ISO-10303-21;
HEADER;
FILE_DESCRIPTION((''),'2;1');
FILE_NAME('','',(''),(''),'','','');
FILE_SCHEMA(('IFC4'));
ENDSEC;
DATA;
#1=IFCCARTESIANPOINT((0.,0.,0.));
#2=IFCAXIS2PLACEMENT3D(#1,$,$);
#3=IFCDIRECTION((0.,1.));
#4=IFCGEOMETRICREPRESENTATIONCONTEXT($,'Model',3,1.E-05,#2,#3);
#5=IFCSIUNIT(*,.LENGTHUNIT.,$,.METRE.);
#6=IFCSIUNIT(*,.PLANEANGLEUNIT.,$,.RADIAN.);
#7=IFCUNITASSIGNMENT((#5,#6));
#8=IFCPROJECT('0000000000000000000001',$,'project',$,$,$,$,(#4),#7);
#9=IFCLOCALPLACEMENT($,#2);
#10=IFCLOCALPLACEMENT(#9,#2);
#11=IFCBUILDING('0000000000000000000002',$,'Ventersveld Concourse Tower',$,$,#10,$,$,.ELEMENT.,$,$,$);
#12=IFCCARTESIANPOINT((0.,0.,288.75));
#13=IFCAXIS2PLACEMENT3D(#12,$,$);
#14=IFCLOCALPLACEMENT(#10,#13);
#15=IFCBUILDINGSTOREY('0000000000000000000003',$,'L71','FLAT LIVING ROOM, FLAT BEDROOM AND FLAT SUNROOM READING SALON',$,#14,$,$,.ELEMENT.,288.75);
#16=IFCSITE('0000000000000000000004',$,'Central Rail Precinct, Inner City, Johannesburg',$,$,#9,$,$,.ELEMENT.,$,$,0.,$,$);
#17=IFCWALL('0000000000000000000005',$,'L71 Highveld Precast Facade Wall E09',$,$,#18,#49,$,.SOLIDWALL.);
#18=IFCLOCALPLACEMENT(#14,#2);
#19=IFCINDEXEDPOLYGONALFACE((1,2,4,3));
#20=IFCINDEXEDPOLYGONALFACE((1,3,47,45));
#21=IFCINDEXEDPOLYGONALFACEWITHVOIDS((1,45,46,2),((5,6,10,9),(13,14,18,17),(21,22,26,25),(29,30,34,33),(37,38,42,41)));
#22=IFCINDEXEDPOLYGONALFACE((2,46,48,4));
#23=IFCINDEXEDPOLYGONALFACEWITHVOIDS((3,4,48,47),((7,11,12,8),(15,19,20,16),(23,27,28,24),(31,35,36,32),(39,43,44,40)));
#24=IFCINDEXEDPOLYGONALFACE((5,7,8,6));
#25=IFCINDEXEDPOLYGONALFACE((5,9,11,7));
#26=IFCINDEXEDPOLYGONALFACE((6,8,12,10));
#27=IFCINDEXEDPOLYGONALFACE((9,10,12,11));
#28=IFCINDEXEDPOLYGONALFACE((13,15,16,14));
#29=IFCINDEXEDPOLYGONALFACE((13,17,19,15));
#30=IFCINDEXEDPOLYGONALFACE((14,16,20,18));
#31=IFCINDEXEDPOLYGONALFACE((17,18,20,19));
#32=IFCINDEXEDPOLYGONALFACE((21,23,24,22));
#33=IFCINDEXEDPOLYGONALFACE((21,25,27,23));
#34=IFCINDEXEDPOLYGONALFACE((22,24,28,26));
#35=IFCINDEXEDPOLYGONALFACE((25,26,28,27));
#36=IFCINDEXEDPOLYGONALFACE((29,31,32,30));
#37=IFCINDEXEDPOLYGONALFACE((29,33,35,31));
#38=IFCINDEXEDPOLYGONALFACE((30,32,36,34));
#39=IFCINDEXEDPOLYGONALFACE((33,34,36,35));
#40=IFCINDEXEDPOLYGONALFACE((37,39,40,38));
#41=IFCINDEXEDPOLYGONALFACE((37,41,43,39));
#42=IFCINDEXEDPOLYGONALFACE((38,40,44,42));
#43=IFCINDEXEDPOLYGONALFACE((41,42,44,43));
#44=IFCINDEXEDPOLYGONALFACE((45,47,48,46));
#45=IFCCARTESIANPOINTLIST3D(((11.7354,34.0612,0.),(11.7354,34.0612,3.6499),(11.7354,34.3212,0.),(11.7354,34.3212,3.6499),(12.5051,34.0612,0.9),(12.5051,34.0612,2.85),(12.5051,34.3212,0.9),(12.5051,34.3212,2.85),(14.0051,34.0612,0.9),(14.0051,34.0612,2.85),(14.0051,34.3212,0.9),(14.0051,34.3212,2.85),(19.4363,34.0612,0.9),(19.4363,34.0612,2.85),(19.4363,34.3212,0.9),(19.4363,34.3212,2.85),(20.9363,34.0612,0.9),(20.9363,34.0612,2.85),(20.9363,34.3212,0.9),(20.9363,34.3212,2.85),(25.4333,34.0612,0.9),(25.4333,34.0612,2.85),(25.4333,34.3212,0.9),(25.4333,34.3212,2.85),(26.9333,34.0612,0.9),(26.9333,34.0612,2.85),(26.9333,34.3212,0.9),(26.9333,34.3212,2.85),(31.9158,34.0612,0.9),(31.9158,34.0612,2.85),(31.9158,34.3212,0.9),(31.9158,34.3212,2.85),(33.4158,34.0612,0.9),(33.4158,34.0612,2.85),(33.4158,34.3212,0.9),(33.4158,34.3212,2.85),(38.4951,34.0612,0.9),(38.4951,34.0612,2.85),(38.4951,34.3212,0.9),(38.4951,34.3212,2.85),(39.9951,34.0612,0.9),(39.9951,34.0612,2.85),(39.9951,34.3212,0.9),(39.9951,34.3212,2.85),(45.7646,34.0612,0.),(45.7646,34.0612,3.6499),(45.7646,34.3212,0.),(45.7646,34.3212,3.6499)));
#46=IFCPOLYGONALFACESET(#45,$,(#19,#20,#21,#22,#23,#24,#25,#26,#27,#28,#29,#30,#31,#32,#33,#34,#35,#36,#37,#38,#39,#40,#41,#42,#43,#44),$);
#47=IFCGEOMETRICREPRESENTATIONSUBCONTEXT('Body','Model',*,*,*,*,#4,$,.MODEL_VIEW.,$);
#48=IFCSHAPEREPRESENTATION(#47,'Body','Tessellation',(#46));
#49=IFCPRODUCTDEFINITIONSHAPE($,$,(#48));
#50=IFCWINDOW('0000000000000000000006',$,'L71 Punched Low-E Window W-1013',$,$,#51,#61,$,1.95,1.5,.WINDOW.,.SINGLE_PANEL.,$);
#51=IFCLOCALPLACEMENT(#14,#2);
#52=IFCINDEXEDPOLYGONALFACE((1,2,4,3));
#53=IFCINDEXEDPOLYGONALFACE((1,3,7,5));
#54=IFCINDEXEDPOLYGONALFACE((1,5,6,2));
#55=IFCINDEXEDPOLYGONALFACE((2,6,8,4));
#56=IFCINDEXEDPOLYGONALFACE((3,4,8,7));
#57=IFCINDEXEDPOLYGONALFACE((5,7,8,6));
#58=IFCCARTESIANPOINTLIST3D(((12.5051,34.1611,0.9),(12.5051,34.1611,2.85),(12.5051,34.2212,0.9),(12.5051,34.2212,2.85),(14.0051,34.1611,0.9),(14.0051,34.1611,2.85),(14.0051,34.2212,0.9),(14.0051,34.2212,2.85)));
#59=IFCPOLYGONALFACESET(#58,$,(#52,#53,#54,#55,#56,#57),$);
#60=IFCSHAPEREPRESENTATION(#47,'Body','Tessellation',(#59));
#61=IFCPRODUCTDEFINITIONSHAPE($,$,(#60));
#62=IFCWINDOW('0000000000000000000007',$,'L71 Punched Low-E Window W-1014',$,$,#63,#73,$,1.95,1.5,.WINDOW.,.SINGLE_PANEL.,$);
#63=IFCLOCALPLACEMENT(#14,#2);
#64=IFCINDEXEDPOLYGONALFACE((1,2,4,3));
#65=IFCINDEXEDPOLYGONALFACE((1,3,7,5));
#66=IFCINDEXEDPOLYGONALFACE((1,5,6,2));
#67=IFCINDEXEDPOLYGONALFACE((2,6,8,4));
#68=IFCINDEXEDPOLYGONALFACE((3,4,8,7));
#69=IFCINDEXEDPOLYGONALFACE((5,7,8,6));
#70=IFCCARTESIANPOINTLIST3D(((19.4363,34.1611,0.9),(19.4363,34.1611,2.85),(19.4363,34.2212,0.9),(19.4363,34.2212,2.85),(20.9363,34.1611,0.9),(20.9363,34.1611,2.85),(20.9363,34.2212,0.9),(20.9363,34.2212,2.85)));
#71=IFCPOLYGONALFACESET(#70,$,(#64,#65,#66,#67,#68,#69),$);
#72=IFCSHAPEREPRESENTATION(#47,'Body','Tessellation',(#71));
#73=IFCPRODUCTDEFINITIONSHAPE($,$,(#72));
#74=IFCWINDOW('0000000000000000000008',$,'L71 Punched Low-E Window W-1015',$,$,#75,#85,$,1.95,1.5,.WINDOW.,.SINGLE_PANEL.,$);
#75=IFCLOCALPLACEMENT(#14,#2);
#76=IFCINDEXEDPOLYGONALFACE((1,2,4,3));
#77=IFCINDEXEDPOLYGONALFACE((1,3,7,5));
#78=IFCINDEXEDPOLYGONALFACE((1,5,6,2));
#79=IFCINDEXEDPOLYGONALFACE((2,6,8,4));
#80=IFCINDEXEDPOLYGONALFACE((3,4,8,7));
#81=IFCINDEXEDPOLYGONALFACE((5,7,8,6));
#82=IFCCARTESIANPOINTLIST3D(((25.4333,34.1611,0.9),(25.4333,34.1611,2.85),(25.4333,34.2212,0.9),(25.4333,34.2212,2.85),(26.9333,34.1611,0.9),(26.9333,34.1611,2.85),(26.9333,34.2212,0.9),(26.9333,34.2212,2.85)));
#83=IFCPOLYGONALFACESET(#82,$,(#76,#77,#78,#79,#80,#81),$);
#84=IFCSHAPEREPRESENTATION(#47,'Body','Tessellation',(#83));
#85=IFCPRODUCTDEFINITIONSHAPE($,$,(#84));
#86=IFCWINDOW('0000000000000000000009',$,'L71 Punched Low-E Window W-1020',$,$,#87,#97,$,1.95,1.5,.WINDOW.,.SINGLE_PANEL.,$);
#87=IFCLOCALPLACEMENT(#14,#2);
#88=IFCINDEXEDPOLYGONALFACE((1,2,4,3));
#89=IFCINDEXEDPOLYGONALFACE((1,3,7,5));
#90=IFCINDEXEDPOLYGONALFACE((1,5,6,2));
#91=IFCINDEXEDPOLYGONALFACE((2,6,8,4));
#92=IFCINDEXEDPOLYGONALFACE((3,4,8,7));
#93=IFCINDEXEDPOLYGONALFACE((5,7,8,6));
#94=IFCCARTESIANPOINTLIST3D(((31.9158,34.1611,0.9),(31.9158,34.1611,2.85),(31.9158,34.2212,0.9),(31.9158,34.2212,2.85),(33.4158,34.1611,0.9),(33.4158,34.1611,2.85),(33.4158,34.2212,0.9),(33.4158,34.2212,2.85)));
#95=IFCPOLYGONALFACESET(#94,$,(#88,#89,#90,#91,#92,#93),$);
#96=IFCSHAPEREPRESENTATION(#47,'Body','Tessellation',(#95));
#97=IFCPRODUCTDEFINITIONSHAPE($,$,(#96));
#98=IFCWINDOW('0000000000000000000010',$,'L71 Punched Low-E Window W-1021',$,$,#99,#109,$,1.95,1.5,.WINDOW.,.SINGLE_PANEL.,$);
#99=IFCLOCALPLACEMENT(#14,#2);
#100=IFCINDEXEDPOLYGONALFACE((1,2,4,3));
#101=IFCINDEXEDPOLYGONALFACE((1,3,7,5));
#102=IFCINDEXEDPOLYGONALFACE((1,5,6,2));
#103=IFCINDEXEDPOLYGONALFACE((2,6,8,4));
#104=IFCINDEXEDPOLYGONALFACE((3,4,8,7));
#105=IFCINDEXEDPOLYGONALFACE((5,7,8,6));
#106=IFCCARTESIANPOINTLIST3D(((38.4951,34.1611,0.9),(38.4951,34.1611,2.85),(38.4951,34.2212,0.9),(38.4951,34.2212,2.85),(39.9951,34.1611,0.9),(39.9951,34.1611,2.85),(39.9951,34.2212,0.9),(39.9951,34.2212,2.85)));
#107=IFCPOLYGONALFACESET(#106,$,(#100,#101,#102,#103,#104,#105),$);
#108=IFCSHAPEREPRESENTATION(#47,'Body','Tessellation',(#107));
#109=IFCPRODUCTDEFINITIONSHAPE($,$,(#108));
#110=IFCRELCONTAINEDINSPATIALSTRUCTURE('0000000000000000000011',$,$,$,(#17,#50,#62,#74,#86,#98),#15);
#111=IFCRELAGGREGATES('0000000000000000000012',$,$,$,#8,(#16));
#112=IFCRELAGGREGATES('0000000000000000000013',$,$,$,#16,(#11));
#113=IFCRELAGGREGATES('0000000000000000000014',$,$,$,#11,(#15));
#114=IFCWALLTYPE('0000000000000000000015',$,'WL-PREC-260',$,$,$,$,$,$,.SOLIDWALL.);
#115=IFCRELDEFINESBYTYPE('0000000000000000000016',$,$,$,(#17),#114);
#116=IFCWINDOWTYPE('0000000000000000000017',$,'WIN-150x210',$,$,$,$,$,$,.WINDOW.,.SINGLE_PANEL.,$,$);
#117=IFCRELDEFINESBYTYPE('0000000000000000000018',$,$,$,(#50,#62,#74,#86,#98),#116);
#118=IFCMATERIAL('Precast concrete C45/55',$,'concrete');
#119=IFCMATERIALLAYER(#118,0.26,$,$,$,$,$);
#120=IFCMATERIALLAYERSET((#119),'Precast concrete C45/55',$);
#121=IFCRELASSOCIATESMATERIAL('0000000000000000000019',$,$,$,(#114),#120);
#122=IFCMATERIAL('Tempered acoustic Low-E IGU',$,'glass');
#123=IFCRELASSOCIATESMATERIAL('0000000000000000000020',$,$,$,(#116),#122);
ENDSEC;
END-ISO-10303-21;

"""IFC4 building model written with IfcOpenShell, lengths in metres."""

from ifc_helpers import new_model, si_unit, direction, frame, frame_2d, origin, place, context, subcontext, project, spatial, rectangle, extrude, material, layer, layer_set, type_object, element, fill, save


model = new_model("IFC4")

# Units and contexts
model_context = context("Model", 3, precision=1e-05, world=origin(), true_north=direction((0.0, 1.0)))
body_context = subcontext(model_context, "Body", "Model", "MODEL_VIEW")
ifc_project = project(units=[si_unit("LENGTHUNIT", "METRE"), si_unit("PLANEANGLEUNIT", "RADIAN")], contexts=[model_context])

# Site, building, storey
site_placement = place(None, origin())
site = spatial("IfcSite", under=ifc_project, at=site_placement, Name="Central Rail Precinct, Inner City, Johannesburg", CompositionType="ELEMENT", RefElevation=0.0)
building_placement = place(site_placement, origin())
building = spatial("IfcBuilding", under=site, at=building_placement, Name="Ventersveld Concourse Tower", CompositionType="ELEMENT")
storey_placement = place(building_placement, frame((0.0, 0.0, 288.75)))
storey = spatial("IfcBuildingStorey", under=building, at=storey_placement, Name="L71", Description="FLAT LIVING ROOM, FLAT BEDROOM AND FLAT SUNROOM READING SALON", CompositionType="ELEMENT", Elevation=288.75)

# Shared definitions
ifc_material_1 = material(Name="Precast concrete C45/55", Category="concrete")
ifc_layer_1 = layer(ifc_material_1, 0.26)
ifc_layer_set_1 = layer_set([ifc_layer_1], Name="Precast concrete C45/55")
wall_type_1 = type_object("IfcWallType", Name="WL-PREC-260", PredefinedType="SOLIDWALL", material=ifc_layer_set_1)
ifc_material_2 = material(Name="Tempered acoustic Low-E IGU", Category="glass")
window_type_1 = type_object("IfcWindowType", Name="WIN-150x210", PartitioningType="SINGLE_PANEL", PredefinedType="WINDOW", material=ifc_material_2)

# Wall, openings, windows
wall_1_placement = place(storey_placement, frame((45.7646, 34.1912, 0.0), z_axis=(0.0, 0.0, 1.0), x_axis=(-1.0, 0.0, 0.0)))
wall_1 = element("IfcWall", 1, at=wall_1_placement, inside=storey, type_object=wall_type_1, Name="L71 Highveld Precast Facade Wall E09", PredefinedType="SOLIDWALL", context=body_context, shape_type="SweptSolid", body=[
    extrude(rectangle(XDim=34.0293, YDim=0.26, at=frame_2d((17.0146, 0.0))), origin(), (0.0, 0.0, 1.0), 3.6499),
])
opening_1_placement = place(wall_1_placement, frame((31.7595, 0.0, 0.8999)))
opening_1 = element("IfcOpeningElement", 2, at=opening_1_placement, cuts=wall_1, PredefinedType="OPENING", context=body_context, shape_type="SweptSolid", body=[
    extrude(rectangle(XDim=1.5, YDim=1.95, at=frame_2d((0.75, 0.9751))), frame((0.0, 0.1401, 0.0), z_axis=(0.0, -1.0, 0.0), x_axis=(1.0, 0.0, 0.0)), (0.0, 0.0, 1.0), 0.28),
])
opening_2_placement = place(wall_1_placement, frame((24.8284, 0.0, 0.8999)))
opening_2 = element("IfcOpeningElement", 3, at=opening_2_placement, cuts=wall_1, PredefinedType="OPENING", context=body_context, shape_type="SweptSolid", body=[
    extrude(rectangle(XDim=1.5, YDim=1.95, at=frame_2d((0.75, 0.9751))), frame((0.0, 0.1401, 0.0), z_axis=(0.0, -1.0, 0.0), x_axis=(1.0, 0.0, 0.0)), (0.0, 0.0, 1.0), 0.28),
])
opening_3_placement = place(wall_1_placement, frame((18.8313, 0.0, 0.8999)))
opening_3 = element("IfcOpeningElement", 4, at=opening_3_placement, cuts=wall_1, PredefinedType="OPENING", context=body_context, shape_type="SweptSolid", body=[
    extrude(rectangle(XDim=1.5, YDim=1.95, at=frame_2d((0.75, 0.9751))), frame((0.0, 0.1401, 0.0), z_axis=(0.0, -1.0, 0.0), x_axis=(1.0, 0.0, 0.0)), (0.0, 0.0, 1.0), 0.28),
])
opening_4_placement = place(wall_1_placement, frame((12.3489, 0.0, 0.8999)))
opening_4 = element("IfcOpeningElement", 5, at=opening_4_placement, cuts=wall_1, PredefinedType="OPENING", context=body_context, shape_type="SweptSolid", body=[
    extrude(rectangle(XDim=1.5, YDim=1.95, at=frame_2d((0.75, 0.9751))), frame((0.0, 0.1401, 0.0), z_axis=(0.0, -1.0, 0.0), x_axis=(1.0, 0.0, 0.0)), (0.0, 0.0, 1.0), 0.28),
])
opening_5_placement = place(wall_1_placement, frame((5.7695, 0.0, 0.8999)))
opening_5 = element("IfcOpeningElement", 6, at=opening_5_placement, cuts=wall_1, PredefinedType="OPENING", context=body_context, shape_type="SweptSolid", body=[
    extrude(rectangle(XDim=1.5, YDim=1.95, at=frame_2d((0.75, 0.9751))), frame((0.0, 0.1401, 0.0), z_axis=(0.0, -1.0, 0.0), x_axis=(1.0, 0.0, 0.0)), (0.0, 0.0, 1.0), 0.28),
])
window_1_placement = place(opening_1_placement, origin())
window_1 = element("IfcWindow", 7, at=window_1_placement, inside=storey, type_object=window_type_1, Name="L71 Punched Low-E Window W-1013", OverallHeight=1.95, OverallWidth=1.5, PartitioningType="SINGLE_PANEL", PredefinedType="WINDOW", context=body_context, shape_type="SweptSolid", body=[
    extrude(rectangle(XDim=1.5, YDim=1.95, at=frame_2d((0.75, 0.9751))), frame((0.0, 0.03, 0.0), z_axis=(0.0, -1.0, 0.0), x_axis=(1.0, 0.0, 0.0)), (0.0, 0.0, 1.0), 0.0601),
])
fill(opening_1, window_1)
window_2_placement = place(opening_2_placement, origin())
window_2 = element("IfcWindow", 8, at=window_2_placement, inside=storey, type_object=window_type_1, Name="L71 Punched Low-E Window W-1014", OverallHeight=1.95, OverallWidth=1.5, PartitioningType="SINGLE_PANEL", PredefinedType="WINDOW", context=body_context, shape_type="SweptSolid", body=[
    extrude(rectangle(XDim=1.5, YDim=1.95, at=frame_2d((0.75, 0.9751))), frame((0.0, 0.03, 0.0), z_axis=(0.0, -1.0, 0.0), x_axis=(1.0, 0.0, 0.0)), (0.0, 0.0, 1.0), 0.0601),
])
fill(opening_2, window_2)
window_3_placement = place(opening_3_placement, origin())
window_3 = element("IfcWindow", 9, at=window_3_placement, inside=storey, type_object=window_type_1, Name="L71 Punched Low-E Window W-1015", OverallHeight=1.95, OverallWidth=1.5, PartitioningType="SINGLE_PANEL", PredefinedType="WINDOW", context=body_context, shape_type="SweptSolid", body=[
    extrude(rectangle(XDim=1.5, YDim=1.95, at=frame_2d((0.75, 0.9751))), frame((0.0, 0.03, 0.0), z_axis=(0.0, -1.0, 0.0), x_axis=(1.0, 0.0, 0.0)), (0.0, 0.0, 1.0), 0.0601),
])
fill(opening_3, window_3)
window_4_placement = place(opening_4_placement, origin())
window_4 = element("IfcWindow", 10, at=window_4_placement, inside=storey, type_object=window_type_1, Name="L71 Punched Low-E Window W-1020", OverallHeight=1.95, OverallWidth=1.5, PartitioningType="SINGLE_PANEL", PredefinedType="WINDOW", context=body_context, shape_type="SweptSolid", body=[
    extrude(rectangle(XDim=1.5, YDim=1.95, at=frame_2d((0.75, 0.9751))), frame((0.0, 0.03, 0.0), z_axis=(0.0, -1.0, 0.0), x_axis=(1.0, 0.0, 0.0)), (0.0, 0.0, 1.0), 0.0601),
])
fill(opening_4, window_4)
window_5_placement = place(opening_5_placement, origin())
window_5 = element("IfcWindow", 11, at=window_5_placement, inside=storey, type_object=window_type_1, Name="L71 Punched Low-E Window W-1021", OverallHeight=1.95, OverallWidth=1.5, PartitioningType="SINGLE_PANEL", PredefinedType="WINDOW", context=body_context, shape_type="SweptSolid", body=[
    extrude(rectangle(XDim=1.5, YDim=1.95, at=frame_2d((0.75, 0.9751))), frame((0.0, 0.03, 0.0), z_axis=(0.0, -1.0, 0.0), x_axis=(1.0, 0.0, 0.0)), (0.0, 0.0, 1.0), 0.0601),
])
fill(opening_5, window_5)

save(model, "model.ifc")
